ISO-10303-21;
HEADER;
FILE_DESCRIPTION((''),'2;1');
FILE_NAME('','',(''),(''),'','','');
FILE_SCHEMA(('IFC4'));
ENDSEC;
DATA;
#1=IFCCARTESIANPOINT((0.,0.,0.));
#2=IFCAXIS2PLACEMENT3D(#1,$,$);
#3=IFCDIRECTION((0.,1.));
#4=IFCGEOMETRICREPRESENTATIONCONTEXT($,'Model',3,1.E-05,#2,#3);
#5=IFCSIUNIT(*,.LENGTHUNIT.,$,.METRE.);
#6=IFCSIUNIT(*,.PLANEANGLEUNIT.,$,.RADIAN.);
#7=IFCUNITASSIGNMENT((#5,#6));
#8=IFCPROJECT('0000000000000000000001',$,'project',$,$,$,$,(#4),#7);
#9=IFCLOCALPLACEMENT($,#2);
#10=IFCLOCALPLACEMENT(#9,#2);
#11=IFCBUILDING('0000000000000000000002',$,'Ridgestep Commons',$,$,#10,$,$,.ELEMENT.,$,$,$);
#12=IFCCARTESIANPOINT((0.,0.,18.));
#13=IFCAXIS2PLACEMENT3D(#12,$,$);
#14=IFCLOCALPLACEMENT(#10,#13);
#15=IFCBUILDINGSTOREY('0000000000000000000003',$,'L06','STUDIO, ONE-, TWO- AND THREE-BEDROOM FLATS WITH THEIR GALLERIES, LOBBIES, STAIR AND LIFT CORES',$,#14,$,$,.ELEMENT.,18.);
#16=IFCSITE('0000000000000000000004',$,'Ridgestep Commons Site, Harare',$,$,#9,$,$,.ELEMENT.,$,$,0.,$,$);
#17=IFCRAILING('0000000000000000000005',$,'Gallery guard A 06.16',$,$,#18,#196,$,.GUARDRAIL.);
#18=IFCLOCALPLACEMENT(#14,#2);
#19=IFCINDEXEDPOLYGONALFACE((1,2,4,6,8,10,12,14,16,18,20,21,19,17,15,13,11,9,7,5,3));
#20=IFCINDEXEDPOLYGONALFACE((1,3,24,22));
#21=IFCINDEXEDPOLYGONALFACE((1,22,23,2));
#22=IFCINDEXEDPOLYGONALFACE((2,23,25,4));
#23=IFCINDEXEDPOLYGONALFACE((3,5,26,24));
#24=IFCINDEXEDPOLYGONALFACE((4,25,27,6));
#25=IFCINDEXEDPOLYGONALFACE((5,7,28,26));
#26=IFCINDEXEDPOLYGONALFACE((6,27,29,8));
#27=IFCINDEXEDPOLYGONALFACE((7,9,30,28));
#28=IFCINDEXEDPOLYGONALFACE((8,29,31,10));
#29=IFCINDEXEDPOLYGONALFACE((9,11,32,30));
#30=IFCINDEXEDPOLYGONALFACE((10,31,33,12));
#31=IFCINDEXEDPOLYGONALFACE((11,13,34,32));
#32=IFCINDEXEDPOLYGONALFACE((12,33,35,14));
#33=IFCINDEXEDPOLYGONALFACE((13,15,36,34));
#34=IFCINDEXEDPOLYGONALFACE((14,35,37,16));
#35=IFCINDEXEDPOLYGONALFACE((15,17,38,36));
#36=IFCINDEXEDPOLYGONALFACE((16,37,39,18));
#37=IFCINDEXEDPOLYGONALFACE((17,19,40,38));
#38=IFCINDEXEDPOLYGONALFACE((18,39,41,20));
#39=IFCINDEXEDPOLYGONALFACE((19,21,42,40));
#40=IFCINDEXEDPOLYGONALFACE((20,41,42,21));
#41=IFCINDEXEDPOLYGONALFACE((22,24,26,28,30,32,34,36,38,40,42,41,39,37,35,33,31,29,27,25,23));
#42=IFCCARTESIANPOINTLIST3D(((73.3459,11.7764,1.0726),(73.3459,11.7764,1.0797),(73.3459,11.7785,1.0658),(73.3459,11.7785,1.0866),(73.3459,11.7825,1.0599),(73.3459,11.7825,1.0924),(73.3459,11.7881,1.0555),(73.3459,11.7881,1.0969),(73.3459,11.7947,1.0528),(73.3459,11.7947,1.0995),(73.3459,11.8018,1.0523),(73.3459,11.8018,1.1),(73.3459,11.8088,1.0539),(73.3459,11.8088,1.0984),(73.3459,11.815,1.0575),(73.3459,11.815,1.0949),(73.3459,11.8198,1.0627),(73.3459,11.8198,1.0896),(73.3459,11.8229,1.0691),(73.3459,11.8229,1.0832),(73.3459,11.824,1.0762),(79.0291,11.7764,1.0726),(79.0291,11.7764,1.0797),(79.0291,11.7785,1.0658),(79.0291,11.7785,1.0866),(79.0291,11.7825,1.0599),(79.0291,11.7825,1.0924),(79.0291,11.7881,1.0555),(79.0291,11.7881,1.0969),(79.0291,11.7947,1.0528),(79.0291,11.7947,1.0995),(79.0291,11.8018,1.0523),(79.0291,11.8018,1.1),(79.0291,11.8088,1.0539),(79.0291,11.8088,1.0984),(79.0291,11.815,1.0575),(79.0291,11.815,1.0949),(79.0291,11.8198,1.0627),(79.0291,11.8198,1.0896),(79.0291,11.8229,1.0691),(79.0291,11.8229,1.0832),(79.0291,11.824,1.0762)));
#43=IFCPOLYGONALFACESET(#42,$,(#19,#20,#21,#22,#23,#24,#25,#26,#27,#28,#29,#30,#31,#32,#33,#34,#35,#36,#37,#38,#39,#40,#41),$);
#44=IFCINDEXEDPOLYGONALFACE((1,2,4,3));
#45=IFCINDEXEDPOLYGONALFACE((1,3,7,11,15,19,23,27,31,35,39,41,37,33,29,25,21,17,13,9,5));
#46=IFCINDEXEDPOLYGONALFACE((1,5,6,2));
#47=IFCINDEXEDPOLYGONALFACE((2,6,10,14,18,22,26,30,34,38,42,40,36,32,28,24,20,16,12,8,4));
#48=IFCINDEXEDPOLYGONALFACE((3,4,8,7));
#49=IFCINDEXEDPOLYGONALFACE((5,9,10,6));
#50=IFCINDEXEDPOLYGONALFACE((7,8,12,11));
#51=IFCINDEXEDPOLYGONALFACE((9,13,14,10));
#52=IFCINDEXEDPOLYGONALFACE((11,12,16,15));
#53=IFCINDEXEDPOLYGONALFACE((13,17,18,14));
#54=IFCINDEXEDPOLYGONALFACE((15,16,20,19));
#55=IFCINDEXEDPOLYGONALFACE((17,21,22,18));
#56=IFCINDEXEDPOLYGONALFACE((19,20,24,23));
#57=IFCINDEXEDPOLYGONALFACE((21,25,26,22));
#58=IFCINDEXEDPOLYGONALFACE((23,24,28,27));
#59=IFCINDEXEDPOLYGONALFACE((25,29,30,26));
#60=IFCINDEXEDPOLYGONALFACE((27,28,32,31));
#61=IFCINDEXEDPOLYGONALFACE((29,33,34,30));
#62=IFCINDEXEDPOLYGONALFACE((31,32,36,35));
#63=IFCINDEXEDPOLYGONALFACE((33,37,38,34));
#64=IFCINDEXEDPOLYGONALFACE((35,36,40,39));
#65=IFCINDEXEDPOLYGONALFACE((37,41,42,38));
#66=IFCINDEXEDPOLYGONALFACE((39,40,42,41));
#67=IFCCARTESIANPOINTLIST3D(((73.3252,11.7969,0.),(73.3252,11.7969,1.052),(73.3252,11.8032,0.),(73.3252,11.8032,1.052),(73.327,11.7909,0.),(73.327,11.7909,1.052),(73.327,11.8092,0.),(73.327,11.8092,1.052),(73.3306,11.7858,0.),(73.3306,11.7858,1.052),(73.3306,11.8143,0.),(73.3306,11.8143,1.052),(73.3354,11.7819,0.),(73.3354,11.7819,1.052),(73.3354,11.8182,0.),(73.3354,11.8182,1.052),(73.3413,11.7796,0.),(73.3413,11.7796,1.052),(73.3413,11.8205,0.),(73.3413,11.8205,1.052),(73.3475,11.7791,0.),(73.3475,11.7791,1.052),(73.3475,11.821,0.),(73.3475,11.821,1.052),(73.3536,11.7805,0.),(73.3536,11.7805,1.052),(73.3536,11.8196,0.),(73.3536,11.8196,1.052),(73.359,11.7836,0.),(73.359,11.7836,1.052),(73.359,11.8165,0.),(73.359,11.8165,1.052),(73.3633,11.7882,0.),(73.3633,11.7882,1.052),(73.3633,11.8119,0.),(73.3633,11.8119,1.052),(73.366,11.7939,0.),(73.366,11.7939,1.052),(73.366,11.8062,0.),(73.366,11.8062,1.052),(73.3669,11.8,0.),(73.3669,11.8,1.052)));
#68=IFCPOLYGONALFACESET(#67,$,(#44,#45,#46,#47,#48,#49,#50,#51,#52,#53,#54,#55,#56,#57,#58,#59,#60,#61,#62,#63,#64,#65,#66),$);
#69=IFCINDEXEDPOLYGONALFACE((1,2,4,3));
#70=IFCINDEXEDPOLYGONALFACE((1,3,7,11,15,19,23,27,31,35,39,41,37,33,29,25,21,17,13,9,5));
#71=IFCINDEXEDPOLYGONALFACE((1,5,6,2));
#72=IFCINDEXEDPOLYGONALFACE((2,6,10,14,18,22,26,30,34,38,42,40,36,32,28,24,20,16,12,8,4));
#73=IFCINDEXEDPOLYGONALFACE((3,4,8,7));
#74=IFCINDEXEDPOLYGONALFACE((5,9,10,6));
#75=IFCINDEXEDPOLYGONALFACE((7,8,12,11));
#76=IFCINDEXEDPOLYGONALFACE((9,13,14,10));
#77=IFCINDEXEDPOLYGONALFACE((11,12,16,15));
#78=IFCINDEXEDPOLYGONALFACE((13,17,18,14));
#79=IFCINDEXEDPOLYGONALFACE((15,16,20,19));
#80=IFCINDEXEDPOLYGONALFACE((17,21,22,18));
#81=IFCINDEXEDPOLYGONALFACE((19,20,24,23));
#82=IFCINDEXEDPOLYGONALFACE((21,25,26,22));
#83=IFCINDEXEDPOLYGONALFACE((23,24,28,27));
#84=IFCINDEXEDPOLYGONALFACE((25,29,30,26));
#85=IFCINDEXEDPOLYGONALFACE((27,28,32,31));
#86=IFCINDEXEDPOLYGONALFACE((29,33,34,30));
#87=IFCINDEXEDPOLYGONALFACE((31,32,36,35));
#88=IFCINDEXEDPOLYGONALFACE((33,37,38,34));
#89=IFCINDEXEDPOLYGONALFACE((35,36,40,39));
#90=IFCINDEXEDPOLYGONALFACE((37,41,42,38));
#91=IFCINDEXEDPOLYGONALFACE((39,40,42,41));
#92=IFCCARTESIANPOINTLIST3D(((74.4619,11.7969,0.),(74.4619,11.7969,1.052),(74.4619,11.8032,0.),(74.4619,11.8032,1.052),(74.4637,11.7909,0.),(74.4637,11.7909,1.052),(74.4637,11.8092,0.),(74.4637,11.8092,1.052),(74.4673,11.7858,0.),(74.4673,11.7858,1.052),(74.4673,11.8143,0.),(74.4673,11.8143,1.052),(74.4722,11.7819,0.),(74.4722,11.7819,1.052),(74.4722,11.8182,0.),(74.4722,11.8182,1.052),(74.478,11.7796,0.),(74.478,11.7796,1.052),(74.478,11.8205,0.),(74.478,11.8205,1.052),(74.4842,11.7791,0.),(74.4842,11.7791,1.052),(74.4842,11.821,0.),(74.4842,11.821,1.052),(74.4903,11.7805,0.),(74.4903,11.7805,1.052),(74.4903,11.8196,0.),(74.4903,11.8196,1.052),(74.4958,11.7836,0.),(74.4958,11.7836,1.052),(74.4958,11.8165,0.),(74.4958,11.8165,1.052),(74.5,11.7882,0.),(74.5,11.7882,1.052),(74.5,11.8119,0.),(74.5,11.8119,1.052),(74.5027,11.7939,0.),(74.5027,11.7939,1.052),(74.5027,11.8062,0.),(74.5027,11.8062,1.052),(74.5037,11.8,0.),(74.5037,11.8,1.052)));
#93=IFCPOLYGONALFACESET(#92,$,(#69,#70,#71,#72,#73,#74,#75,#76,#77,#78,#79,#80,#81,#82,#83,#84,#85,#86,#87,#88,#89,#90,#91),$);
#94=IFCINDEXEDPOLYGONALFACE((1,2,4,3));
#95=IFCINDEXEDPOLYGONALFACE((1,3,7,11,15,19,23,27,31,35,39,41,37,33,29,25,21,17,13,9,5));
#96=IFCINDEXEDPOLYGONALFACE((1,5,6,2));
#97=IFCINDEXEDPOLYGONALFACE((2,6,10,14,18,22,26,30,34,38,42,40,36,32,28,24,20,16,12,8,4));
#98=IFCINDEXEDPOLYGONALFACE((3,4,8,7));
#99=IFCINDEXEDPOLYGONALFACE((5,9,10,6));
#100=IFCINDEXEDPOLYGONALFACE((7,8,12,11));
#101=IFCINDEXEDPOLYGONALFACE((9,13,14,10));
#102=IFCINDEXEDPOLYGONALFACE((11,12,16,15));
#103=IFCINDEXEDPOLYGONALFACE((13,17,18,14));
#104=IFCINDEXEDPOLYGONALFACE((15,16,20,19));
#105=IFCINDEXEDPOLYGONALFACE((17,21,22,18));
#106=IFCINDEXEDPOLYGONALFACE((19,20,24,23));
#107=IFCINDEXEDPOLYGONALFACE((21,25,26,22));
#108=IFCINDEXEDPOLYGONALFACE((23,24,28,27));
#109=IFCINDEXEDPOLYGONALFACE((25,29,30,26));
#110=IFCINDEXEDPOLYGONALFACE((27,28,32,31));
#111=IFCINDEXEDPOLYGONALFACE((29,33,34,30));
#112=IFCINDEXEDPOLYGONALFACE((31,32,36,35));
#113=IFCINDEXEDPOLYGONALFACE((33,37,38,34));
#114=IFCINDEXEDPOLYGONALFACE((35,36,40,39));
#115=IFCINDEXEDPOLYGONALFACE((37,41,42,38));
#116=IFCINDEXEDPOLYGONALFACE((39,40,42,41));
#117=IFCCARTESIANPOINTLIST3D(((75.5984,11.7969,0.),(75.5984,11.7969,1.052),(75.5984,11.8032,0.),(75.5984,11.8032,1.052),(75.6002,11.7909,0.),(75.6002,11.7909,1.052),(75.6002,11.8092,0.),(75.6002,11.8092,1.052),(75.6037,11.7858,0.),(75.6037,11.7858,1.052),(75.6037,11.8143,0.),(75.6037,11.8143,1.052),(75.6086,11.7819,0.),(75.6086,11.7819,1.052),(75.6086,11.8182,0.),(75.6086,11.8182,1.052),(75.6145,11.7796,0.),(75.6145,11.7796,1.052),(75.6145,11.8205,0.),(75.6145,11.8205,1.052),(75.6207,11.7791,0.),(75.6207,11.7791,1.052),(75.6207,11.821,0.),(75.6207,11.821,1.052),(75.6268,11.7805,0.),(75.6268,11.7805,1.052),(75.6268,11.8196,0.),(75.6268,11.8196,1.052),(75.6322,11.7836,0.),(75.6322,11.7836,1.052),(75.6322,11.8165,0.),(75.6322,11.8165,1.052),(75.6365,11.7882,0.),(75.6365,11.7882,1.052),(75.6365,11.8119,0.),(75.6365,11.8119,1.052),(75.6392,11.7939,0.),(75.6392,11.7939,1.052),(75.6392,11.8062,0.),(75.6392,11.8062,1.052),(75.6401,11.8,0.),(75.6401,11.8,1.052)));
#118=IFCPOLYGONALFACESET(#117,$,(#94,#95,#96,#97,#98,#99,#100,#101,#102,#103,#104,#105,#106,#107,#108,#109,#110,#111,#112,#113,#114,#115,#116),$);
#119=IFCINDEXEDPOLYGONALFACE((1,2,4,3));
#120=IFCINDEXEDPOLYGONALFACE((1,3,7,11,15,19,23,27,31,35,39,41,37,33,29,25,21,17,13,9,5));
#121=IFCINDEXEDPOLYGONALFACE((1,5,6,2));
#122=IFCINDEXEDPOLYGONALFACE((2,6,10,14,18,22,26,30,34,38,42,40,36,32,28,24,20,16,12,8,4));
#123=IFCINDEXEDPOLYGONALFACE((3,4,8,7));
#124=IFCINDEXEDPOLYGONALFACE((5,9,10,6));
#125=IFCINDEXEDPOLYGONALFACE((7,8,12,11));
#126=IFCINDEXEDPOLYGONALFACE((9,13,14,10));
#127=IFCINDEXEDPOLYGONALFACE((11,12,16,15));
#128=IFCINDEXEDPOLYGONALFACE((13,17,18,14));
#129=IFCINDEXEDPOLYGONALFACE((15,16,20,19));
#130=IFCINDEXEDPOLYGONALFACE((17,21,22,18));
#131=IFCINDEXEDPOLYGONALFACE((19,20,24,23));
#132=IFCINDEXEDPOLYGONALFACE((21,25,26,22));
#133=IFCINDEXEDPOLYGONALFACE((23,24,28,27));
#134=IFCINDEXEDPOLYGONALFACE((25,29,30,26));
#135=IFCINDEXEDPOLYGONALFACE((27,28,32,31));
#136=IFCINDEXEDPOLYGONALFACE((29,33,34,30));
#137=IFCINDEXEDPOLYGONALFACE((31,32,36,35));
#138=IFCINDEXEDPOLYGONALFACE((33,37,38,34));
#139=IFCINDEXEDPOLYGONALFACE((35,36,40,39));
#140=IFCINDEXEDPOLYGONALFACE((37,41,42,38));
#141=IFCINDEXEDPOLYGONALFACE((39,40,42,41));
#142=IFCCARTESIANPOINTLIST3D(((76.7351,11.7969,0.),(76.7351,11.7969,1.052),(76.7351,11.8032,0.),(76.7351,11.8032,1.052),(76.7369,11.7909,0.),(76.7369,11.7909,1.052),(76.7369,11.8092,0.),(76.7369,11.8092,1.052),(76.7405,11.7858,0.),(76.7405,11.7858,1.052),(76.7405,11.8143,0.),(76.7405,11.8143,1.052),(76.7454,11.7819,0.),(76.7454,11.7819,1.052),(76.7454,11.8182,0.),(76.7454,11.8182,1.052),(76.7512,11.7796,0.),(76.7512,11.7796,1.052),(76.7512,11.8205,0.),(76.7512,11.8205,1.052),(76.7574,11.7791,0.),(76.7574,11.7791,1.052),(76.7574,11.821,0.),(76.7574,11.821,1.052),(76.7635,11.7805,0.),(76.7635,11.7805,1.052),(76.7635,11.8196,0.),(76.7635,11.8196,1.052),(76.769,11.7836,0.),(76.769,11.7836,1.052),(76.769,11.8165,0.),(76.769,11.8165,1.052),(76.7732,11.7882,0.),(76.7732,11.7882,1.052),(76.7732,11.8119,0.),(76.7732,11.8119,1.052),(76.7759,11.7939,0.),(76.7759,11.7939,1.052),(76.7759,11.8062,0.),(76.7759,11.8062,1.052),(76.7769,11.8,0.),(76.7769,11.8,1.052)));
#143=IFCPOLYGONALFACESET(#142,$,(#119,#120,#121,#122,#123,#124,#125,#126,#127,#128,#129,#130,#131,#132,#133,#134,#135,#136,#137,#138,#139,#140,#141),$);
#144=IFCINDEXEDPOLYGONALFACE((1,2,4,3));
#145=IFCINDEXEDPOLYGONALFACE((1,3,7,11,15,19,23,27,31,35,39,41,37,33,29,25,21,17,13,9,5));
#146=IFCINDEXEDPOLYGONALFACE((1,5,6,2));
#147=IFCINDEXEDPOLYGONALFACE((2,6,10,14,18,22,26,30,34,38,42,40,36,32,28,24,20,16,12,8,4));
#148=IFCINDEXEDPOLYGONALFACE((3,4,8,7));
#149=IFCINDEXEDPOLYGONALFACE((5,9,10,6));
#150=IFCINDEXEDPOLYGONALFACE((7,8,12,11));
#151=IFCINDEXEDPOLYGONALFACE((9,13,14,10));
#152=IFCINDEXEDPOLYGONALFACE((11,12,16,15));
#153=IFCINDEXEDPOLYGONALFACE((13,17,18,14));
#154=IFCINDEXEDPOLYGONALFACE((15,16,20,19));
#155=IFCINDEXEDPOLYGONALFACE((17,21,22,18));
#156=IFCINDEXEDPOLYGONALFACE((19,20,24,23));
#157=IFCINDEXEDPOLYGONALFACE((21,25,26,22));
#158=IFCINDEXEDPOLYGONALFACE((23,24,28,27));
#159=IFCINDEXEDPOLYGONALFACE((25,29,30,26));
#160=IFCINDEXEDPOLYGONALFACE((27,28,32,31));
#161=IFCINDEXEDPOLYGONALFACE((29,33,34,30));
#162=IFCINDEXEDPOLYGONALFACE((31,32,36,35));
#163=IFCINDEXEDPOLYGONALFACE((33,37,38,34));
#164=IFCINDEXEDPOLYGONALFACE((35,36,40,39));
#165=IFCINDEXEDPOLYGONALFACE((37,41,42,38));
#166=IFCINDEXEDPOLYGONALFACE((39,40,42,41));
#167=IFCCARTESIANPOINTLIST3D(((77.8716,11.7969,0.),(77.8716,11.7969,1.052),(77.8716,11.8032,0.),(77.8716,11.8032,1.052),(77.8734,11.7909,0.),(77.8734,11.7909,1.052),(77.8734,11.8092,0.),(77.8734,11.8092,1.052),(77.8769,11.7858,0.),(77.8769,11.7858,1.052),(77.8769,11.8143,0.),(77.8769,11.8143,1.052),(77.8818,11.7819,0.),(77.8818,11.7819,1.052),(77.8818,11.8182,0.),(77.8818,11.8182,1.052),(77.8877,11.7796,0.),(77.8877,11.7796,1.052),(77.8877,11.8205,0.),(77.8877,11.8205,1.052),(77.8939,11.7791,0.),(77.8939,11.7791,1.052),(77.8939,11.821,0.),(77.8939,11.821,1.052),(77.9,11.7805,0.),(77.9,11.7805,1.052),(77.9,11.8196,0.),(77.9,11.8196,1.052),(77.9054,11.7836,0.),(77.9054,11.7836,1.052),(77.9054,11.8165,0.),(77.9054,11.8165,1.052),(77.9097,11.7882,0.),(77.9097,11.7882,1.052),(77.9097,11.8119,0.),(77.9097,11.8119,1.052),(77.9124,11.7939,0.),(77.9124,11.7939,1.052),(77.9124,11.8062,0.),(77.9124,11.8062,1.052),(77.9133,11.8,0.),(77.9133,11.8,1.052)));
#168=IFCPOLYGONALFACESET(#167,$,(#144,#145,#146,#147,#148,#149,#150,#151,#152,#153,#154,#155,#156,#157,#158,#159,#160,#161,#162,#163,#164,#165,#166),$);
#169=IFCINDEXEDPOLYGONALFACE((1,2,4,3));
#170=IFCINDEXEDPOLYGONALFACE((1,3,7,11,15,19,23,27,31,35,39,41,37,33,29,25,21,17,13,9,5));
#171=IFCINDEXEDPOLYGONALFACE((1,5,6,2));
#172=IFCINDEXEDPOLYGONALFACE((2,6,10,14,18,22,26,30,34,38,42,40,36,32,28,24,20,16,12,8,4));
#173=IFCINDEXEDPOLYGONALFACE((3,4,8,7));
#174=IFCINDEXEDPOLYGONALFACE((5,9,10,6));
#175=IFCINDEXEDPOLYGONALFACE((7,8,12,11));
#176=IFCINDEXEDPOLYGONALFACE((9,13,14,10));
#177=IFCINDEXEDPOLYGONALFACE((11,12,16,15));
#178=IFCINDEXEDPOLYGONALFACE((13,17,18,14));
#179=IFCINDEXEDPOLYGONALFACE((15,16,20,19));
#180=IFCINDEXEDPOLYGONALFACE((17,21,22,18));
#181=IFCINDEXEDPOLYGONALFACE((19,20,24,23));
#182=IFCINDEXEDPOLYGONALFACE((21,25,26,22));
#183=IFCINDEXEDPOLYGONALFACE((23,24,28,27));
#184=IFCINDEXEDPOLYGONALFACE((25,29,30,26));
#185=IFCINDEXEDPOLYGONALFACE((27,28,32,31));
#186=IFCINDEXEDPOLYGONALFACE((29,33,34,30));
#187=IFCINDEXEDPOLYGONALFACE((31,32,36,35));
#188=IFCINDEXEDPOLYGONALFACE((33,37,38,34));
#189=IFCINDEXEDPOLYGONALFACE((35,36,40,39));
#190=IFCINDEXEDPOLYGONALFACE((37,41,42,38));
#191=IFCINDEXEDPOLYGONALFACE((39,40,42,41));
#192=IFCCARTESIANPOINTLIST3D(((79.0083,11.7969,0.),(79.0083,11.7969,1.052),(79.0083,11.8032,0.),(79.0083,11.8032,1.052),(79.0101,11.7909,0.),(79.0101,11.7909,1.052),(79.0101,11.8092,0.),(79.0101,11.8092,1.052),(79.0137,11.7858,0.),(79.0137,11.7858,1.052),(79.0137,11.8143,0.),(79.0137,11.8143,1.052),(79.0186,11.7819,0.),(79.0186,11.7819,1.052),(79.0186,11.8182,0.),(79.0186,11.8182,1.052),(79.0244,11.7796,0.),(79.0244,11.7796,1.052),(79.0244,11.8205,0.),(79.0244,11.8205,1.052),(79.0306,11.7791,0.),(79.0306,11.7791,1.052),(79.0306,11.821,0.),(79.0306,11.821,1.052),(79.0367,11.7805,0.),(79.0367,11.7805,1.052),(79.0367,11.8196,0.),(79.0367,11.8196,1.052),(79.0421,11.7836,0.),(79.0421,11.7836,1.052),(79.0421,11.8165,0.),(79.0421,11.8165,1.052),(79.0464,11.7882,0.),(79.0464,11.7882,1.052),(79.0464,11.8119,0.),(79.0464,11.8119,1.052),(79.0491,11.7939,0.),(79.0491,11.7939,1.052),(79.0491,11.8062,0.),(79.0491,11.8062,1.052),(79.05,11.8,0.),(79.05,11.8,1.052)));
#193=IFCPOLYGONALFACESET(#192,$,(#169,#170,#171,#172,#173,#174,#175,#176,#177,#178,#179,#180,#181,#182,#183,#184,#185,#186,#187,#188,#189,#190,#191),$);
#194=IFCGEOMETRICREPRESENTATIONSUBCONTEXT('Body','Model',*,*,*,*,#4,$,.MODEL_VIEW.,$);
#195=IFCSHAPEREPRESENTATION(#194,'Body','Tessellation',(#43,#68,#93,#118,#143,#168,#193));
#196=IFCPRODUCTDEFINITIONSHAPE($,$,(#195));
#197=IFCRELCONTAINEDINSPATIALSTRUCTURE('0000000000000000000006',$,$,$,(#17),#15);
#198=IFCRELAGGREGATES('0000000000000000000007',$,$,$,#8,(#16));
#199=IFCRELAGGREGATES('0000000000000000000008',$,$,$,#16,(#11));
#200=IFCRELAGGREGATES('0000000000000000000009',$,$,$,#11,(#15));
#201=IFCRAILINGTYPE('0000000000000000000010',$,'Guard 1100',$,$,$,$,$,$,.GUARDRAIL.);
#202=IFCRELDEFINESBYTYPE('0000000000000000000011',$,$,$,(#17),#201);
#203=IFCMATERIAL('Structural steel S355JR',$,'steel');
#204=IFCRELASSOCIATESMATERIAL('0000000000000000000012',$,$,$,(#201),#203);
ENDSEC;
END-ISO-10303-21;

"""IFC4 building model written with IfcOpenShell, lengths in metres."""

from ifc_helpers import new_model, si_unit, direction, frame, origin, origin_2d, place, context, subcontext, project, spatial, circle, extrude, material, type_object, element, save


model = new_model("IFC4")

# Units and contexts
model_context = context("Model", 3, precision=1e-05, world=origin(), true_north=direction((0.0, 1.0)))
body_context = subcontext(model_context, "Body", "Model", "MODEL_VIEW")
ifc_project = project(units=[si_unit("LENGTHUNIT", "METRE"), si_unit("PLANEANGLEUNIT", "RADIAN")], contexts=[model_context])

# Site, building, storey
site_placement = place(None, origin())
site = spatial("IfcSite", under=ifc_project, at=site_placement, Name="Ridgestep Commons Site, Harare", CompositionType="ELEMENT", RefElevation=0.0)
building_placement = place(site_placement, origin())
building = spatial("IfcBuilding", under=site, at=building_placement, Name="Ridgestep Commons", CompositionType="ELEMENT")
storey_placement = place(building_placement, frame((0.0, 0.0, 18.0)))
storey = spatial("IfcBuildingStorey", under=building, at=storey_placement, Name="L06", Description="STUDIO, ONE-, TWO- AND THREE-BEDROOM FLATS WITH THEIR GALLERIES, LOBBIES, STAIR AND LIFT CORES", CompositionType="ELEMENT", Elevation=18.0)

# Railing
ifc_material_1 = material(Name="Structural steel S355JR", Category="steel")
railing_type_1 = type_object("IfcRailingType", Name="Guard 1100", PredefinedType="GUARDRAIL", material=ifc_material_1)
railing_1_placement = place(storey_placement, frame((73.3459, 11.8, 0.0)))
element("IfcRailing", 1, at=railing_1_placement, inside=storey, type_object=railing_type_1, Name="Gallery guard A 06.16", PredefinedType="GUARDRAIL", context=body_context, shape_type="SweptSolid", body=[
    extrude(circle(Radius=0.0239, at=origin_2d()), frame((0.0, 0.0, 1.0762), z_axis=(1.0, 0.0, 0.0), x_axis=(0.0, 1.0, 0.0)), (0.0, 0.0, 1.0), 5.6831),
    extrude(circle(Radius=0.021, at=origin_2d()), origin(), (0.0, 0.0, 1.0), 1.052),
    extrude(circle(Radius=0.021, at=origin_2d()), frame((1.1367, 0.0, 0.0)), (0.0, 0.0, 1.0), 1.052),
    extrude(circle(Radius=0.021, at=origin_2d()), frame((2.2732, 0.0, 0.0)), (0.0, 0.0, 1.0), 1.052),
    extrude(circle(Radius=0.021, at=origin_2d()), frame((3.4099, 0.0, 0.0)), (0.0, 0.0, 1.0), 1.052),
    extrude(circle(Radius=0.021, at=origin_2d()), frame((4.5464, 0.0, 0.0)), (0.0, 0.0, 1.0), 1.052),
    extrude(circle(Radius=0.021, at=origin_2d()), frame((5.6831, 0.0, 0.0)), (0.0, 0.0, 1.0), 1.052),
])

save(model, "model.ifc")
